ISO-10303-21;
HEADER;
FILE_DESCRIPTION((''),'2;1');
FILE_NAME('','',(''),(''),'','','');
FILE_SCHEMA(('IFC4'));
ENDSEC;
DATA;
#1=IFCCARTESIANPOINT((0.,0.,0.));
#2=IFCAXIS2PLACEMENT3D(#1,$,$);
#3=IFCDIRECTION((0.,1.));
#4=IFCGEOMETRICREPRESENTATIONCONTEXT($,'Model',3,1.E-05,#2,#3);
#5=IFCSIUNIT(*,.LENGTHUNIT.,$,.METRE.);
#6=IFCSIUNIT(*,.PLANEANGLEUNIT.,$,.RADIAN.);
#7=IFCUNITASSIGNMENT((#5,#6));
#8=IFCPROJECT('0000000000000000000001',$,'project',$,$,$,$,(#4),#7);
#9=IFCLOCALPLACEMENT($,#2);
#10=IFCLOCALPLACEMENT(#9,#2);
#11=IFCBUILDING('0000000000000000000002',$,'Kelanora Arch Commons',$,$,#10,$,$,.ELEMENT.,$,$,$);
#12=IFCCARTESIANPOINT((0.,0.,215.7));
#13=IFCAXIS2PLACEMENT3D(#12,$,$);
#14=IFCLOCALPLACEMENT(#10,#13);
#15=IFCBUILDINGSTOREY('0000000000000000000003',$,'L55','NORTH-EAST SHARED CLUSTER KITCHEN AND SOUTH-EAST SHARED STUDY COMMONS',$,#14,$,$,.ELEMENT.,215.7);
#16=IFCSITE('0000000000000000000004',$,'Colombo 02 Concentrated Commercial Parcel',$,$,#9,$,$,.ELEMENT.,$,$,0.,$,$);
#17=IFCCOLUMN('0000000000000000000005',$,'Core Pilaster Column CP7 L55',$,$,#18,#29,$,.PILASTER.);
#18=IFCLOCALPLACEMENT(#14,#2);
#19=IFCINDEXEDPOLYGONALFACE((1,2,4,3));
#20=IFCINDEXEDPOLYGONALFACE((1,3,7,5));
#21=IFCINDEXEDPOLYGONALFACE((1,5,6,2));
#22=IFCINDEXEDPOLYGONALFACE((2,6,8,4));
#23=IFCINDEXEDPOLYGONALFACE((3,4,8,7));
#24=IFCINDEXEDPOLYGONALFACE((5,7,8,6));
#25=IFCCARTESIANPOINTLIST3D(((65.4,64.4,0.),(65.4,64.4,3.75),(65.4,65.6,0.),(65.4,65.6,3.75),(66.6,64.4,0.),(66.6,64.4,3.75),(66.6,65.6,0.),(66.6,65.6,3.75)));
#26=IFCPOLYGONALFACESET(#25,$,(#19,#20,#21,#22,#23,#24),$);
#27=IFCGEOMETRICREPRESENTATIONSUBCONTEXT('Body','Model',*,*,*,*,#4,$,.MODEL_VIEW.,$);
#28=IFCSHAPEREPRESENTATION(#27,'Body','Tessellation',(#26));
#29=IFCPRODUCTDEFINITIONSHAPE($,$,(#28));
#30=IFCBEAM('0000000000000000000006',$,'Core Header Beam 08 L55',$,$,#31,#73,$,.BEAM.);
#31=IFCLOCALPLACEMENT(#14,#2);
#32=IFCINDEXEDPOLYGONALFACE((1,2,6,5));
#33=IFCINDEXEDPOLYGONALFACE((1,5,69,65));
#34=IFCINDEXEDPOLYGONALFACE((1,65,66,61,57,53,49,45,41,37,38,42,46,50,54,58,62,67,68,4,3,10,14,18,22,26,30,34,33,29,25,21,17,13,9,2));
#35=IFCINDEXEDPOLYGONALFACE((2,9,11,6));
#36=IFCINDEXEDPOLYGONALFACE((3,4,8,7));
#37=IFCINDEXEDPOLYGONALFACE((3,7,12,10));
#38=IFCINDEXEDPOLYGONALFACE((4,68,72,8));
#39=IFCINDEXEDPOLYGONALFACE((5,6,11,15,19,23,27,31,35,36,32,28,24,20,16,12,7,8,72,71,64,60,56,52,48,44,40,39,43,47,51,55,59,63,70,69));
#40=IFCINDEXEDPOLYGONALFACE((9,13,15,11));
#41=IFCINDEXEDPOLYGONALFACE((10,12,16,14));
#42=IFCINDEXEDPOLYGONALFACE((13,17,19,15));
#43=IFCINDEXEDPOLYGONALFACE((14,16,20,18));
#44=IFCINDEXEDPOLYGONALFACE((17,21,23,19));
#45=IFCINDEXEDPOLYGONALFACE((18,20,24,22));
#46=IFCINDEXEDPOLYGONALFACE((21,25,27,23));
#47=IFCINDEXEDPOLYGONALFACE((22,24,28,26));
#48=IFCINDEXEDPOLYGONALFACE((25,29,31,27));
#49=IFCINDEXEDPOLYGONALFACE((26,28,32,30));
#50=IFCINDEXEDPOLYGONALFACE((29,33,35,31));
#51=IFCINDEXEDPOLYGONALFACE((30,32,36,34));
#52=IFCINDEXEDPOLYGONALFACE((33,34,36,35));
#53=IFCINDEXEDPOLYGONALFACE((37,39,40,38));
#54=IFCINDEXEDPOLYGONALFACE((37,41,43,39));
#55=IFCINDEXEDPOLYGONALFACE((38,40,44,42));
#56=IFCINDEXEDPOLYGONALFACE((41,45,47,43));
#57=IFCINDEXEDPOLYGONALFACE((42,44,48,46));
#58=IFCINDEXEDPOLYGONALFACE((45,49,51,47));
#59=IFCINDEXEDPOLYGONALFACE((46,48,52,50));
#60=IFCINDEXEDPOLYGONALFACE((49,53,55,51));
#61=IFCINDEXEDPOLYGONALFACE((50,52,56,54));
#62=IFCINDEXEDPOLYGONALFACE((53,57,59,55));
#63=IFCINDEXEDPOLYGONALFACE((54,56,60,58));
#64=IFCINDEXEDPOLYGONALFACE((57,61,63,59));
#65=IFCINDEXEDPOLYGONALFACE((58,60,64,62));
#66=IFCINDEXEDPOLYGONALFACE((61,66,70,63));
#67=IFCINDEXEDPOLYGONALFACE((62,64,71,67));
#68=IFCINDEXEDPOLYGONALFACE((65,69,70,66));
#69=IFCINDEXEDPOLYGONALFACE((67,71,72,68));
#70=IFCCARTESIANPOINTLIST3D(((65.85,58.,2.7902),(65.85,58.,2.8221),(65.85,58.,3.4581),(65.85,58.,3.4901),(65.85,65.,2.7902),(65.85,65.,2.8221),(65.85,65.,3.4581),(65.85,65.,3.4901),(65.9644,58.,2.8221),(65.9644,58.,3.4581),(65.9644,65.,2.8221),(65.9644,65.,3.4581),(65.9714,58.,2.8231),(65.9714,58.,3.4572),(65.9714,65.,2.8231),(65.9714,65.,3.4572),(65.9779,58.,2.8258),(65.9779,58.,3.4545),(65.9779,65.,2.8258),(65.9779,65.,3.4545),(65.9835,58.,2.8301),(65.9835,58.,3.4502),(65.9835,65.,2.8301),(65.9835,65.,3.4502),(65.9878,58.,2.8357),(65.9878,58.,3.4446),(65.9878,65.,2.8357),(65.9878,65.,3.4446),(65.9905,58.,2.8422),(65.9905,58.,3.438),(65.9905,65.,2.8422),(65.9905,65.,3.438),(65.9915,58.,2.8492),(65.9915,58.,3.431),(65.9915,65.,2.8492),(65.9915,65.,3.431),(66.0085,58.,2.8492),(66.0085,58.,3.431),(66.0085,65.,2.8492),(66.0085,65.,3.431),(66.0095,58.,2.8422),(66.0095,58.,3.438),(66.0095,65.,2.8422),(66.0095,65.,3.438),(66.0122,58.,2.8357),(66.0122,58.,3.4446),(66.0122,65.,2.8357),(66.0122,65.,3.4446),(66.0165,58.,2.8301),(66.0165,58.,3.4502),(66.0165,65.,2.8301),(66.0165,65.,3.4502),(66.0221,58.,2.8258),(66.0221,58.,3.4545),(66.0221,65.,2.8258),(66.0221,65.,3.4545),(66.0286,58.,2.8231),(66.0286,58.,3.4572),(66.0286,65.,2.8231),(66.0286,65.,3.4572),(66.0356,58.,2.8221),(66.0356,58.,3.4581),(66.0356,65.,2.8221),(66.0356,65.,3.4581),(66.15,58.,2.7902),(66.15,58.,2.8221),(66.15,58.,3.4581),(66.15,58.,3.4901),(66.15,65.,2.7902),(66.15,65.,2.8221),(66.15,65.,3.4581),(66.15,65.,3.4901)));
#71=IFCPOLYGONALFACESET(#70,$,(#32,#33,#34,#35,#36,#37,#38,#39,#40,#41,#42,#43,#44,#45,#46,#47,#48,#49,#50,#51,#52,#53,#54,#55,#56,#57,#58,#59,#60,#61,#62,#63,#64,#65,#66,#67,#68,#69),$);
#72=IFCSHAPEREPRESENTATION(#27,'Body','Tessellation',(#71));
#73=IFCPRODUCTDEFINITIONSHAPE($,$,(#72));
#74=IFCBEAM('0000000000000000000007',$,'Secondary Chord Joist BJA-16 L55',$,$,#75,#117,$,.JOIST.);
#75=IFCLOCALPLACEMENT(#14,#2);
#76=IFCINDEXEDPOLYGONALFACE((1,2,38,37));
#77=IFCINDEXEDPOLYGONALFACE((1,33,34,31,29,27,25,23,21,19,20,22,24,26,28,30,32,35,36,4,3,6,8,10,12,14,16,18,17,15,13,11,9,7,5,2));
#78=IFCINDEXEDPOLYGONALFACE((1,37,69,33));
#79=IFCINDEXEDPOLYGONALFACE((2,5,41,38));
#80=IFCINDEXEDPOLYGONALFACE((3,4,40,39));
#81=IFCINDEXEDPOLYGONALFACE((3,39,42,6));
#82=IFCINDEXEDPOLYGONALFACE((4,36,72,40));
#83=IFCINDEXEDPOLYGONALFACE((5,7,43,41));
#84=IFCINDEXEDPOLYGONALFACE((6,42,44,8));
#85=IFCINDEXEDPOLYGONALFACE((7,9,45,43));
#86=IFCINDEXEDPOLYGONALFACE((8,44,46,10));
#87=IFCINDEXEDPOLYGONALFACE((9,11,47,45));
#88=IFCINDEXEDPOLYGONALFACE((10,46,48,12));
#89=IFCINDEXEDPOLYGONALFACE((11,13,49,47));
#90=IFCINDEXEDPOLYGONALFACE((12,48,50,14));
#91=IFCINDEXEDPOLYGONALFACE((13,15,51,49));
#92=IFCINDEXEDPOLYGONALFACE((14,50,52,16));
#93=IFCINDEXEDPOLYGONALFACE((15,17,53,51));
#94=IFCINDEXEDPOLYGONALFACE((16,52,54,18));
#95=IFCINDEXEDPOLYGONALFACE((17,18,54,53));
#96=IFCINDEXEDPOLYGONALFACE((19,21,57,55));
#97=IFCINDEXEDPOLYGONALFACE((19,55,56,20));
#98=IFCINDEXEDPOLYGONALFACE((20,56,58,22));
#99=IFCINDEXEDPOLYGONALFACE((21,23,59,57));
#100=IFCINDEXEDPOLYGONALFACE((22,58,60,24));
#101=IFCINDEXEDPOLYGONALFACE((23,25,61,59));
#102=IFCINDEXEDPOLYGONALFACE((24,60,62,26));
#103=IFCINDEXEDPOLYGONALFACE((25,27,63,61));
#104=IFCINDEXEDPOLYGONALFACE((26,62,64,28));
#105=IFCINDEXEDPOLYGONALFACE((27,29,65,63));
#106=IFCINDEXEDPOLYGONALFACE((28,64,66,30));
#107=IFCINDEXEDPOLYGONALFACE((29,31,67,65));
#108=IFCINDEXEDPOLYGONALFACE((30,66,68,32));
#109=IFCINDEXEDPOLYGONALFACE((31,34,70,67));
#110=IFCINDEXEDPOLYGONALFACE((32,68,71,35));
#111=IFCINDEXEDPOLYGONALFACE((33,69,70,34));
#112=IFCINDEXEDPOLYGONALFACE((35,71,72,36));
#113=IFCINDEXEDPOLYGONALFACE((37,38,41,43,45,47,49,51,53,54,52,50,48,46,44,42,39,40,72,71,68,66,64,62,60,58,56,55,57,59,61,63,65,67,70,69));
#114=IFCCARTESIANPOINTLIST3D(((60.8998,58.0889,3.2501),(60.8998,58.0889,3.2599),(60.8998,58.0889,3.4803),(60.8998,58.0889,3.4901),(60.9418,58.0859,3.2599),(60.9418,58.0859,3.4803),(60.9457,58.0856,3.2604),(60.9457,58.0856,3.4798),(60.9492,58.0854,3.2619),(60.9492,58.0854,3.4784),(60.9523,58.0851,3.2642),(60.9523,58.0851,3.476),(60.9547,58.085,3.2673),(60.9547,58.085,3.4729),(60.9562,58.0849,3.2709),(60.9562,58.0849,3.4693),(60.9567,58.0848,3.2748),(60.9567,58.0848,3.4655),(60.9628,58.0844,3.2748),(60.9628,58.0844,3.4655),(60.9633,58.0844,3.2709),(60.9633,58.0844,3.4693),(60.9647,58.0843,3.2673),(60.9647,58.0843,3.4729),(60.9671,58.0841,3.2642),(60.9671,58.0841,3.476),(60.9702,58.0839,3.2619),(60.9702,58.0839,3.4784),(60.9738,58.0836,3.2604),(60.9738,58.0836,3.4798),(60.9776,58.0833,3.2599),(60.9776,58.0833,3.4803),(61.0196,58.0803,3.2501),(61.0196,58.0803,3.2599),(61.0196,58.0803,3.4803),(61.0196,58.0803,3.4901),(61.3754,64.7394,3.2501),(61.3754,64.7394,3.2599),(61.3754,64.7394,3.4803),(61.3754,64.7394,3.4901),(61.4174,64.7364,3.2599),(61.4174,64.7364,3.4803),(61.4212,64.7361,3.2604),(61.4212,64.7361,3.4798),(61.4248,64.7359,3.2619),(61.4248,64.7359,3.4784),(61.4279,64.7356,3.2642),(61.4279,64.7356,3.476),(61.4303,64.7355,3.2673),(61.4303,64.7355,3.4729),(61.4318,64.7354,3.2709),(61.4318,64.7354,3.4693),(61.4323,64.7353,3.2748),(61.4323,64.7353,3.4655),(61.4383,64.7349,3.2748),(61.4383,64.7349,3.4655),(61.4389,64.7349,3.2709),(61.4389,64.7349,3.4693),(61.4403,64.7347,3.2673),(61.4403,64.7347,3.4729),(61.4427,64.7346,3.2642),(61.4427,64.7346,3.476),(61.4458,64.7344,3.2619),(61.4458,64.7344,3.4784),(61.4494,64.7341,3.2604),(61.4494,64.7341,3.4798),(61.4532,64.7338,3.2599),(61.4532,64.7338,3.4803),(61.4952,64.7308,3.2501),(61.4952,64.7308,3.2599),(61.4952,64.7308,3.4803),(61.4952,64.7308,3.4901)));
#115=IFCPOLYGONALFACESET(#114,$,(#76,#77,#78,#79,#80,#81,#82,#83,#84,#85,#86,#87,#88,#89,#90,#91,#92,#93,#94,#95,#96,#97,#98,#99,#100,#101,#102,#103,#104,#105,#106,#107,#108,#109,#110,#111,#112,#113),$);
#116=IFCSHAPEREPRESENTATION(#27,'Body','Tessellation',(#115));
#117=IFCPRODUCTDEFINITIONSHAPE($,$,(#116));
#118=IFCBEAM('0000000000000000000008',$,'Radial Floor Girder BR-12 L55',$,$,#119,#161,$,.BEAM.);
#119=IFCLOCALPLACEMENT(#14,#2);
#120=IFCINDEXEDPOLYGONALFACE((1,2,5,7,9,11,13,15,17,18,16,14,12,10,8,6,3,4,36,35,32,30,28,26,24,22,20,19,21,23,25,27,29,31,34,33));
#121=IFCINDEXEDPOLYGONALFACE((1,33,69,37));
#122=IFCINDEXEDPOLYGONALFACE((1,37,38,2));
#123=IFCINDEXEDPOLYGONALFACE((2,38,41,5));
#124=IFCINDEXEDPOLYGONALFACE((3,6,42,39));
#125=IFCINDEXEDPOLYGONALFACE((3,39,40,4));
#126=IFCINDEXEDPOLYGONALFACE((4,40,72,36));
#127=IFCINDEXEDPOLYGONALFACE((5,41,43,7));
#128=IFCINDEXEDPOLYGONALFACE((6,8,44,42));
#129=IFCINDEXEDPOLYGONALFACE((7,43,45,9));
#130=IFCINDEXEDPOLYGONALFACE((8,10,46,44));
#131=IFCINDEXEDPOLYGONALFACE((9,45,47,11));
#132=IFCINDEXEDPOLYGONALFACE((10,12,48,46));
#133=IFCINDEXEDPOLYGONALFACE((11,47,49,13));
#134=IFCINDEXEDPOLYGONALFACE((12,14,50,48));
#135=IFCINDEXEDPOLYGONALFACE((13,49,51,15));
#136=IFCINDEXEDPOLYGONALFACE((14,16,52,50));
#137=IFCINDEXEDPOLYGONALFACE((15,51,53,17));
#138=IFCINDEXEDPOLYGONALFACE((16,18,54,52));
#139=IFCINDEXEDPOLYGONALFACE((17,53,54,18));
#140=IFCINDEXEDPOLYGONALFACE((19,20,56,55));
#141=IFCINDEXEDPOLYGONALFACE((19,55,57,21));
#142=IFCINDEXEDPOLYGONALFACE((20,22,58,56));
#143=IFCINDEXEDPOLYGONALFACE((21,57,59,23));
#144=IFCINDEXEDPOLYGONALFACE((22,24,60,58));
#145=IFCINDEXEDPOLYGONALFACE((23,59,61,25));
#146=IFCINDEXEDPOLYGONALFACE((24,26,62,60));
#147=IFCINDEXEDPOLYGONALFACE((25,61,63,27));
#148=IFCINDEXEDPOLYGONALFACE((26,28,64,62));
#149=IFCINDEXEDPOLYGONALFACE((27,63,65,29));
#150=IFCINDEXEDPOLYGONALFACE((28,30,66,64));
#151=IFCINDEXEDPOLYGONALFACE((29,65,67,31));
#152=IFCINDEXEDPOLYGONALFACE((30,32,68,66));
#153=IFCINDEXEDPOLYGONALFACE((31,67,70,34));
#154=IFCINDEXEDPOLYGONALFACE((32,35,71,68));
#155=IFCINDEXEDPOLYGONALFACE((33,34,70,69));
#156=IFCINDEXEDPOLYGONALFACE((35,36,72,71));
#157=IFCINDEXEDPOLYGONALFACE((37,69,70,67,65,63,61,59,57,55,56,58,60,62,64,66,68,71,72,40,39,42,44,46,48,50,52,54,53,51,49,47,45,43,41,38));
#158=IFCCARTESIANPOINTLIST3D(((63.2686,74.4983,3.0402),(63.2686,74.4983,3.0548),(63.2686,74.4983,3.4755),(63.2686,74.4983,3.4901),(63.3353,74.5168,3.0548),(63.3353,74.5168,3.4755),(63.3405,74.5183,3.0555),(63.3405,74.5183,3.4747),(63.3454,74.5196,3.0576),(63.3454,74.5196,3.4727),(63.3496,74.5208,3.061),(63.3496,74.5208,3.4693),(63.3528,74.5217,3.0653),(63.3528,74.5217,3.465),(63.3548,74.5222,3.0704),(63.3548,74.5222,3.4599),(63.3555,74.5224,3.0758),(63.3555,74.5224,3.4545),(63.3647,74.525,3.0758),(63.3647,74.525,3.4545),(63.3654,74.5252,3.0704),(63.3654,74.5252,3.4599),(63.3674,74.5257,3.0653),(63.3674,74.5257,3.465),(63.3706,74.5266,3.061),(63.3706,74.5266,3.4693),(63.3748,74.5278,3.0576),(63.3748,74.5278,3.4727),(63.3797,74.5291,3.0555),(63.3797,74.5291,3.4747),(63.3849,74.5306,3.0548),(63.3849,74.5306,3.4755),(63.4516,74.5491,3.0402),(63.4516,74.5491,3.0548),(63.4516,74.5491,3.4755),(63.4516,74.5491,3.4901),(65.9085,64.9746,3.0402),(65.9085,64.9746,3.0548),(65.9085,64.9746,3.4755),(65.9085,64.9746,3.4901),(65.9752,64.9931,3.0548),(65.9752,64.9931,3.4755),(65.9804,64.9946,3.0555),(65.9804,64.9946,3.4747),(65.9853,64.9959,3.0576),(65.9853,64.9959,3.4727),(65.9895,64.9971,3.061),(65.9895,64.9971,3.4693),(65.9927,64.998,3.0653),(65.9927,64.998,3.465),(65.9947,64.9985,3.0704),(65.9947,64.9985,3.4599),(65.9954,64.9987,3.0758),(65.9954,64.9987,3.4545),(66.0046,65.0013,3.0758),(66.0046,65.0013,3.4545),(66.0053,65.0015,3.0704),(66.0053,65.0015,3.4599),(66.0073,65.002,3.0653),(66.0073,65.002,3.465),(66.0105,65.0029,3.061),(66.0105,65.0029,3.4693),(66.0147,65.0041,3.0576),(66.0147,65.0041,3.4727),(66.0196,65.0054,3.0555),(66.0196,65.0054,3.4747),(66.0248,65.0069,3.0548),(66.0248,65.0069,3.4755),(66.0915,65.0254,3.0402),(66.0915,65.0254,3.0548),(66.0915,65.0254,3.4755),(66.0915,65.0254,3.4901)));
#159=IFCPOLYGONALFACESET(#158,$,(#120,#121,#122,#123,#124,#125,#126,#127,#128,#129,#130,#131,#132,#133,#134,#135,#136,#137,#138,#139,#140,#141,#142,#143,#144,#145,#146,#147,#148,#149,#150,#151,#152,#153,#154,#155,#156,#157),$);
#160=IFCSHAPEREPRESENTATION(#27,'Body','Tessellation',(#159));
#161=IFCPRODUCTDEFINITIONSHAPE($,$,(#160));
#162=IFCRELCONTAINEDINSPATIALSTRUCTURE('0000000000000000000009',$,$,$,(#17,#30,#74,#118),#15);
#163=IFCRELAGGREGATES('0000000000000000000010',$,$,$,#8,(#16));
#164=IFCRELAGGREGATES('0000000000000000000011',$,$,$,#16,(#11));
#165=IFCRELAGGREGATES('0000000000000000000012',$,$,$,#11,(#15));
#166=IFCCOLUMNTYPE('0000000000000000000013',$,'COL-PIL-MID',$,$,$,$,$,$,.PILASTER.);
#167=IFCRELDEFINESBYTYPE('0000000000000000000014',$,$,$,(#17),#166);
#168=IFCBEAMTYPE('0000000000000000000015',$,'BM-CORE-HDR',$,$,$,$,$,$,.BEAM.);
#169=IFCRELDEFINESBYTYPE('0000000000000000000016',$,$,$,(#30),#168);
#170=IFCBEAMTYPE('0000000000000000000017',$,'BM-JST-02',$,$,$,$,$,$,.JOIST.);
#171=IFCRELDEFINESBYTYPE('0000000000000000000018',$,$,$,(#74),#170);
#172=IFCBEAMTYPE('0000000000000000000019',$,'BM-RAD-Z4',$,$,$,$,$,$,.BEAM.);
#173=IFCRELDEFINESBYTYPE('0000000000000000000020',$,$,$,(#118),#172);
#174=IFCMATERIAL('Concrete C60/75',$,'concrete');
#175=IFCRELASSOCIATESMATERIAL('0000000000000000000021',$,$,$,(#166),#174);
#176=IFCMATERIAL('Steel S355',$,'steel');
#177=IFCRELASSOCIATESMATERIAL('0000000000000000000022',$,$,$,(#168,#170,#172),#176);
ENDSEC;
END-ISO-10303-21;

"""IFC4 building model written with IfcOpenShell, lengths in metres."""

from ifc_helpers import new_model, si_unit, direction, frame, origin, origin_2d, place, context, subcontext, project, spatial, rectangle, i_section, extrude, material, material_profile, profile_set, type_object, element, save


model = new_model("IFC4")

# Units and contexts
model_context = context("Model", 3, precision=1e-05, world=origin(), true_north=direction((0.0, 1.0)))
body_context = subcontext(model_context, "Body", "Model", "MODEL_VIEW")
ifc_project = project(units=[si_unit("LENGTHUNIT", "METRE"), si_unit("PLANEANGLEUNIT", "RADIAN")], contexts=[model_context])

# Site, building, storey
site_placement = place(None, origin())
site = spatial("IfcSite", under=ifc_project, at=site_placement, Name="Colombo 02 Concentrated Commercial Parcel", CompositionType="ELEMENT", RefElevation=0.0)
building_placement = place(site_placement, origin())
building = spatial("IfcBuilding", under=site, at=building_placement, Name="Kelanora Arch Commons", CompositionType="ELEMENT")
storey_placement = place(building_placement, frame((0.0, 0.0, 215.7)))
storey = spatial("IfcBuildingStorey", under=building, at=storey_placement, Name="L55", Description="NORTH-EAST SHARED CLUSTER KITCHEN AND SOUTH-EAST SHARED STUDY COMMONS", CompositionType="ELEMENT", Elevation=215.7)

# Column
ifc_material_1 = material(Name="Concrete C60/75", Category="concrete")
ifc_material_profile_1 = material_profile(ifc_material_1, rectangle(XDim=1.2, YDim=1.2, at=origin_2d()), Name="RC1200x1200")
ifc_profile_set_1 = profile_set([ifc_material_profile_1], Name="Concrete C60/75")
column_type = type_object("IfcColumnType", Name="COL-PIL-MID", PredefinedType="PILASTER", material=ifc_profile_set_1)
column_placement = place(storey_placement, frame((66.0, 65.0, 0.0), z_axis=(0.0, 0.0, 1.0), x_axis=(1.0, 0.0, 0.0)))
element("IfcColumn", 1, at=column_placement, inside=storey, type_object=column_type, Name="Core Pilaster Column CP7 L55", PredefinedType="PILASTER", context=body_context, shape_type="SweptSolid", body=[
    extrude(rectangle(XDim=1.2, YDim=1.2, at=origin_2d()), origin(), (0.0, 0.0, 1.0), 3.75),
])

# Beams
ifc_material_2 = material(Name="Steel S355", Category="steel")
ifc_material_profile_2 = material_profile(ifc_material_2, i_section(OverallWidth=0.3, OverallDepth=0.7, WebThickness=0.0171, FlangeThickness=0.032, FilletRadius=0.0271, at=origin_2d()), Name="HEB700")
ifc_profile_set_2 = profile_set([ifc_material_profile_2], Name="Steel S355")
beam_type_1 = type_object("IfcBeamType", Name="BM-CORE-HDR", PredefinedType="BEAM", material=ifc_profile_set_2)
beam_1_placement = place(storey_placement, frame((66.0, 65.0, 3.1401), z_axis=(0.0, -1.0, 0.0), x_axis=(1.0, 0.0, 0.0)))
element("IfcBeam", 2, at=beam_1_placement, inside=storey, type_object=beam_type_1, Name="Core Header Beam 08 L55", PredefinedType="BEAM", context=body_context, shape_type="SweptSolid", body=[
    extrude(i_section(OverallWidth=0.3, OverallDepth=0.7, WebThickness=0.0171, FlangeThickness=0.032, FilletRadius=0.0271, at=origin_2d()), origin(), (0.0, 0.0, 1.0), 7.0),
])
ifc_material_profile_3 = material_profile(ifc_material_2, i_section(OverallWidth=0.1201, OverallDepth=0.24, WebThickness=0.0061, FlangeThickness=0.0098, FilletRadius=0.0149, at=origin_2d()), Name="IPE240")
ifc_profile_set_3 = profile_set([ifc_material_profile_3], Name="Steel S355")
beam_type_2 = type_object("IfcBeamType", Name="BM-JST-02", PredefinedType="JOIST", material=ifc_profile_set_3)
beam_2_placement = place(storey_placement, frame((61.4353, 64.7351, 3.3701), z_axis=(-0.07133, -0.997453, 0.0), x_axis=(0.997453, -0.07133, 0.0)))
element("IfcBeam", 3, at=beam_2_placement, inside=storey, type_object=beam_type_2, Name="Secondary Chord Joist BJA-16 L55", PredefinedType="JOIST", context=body_context, shape_type="SweptSolid", body=[
    extrude(i_section(OverallWidth=0.1201, OverallDepth=0.24, WebThickness=0.0061, FlangeThickness=0.0098, FilletRadius=0.0149, at=origin_2d()), origin(), (0.0, 0.0, 1.0), 6.6675),
])
ifc_material_profile_4 = material_profile(ifc_material_2, i_section(OverallWidth=0.1899, OverallDepth=0.45, WebThickness=0.0095, FlangeThickness=0.0146, FilletRadius=0.021, at=origin_2d()), Name="IPE450")
ifc_profile_set_4 = profile_set([ifc_material_profile_4], Name="Steel S355")
beam_type_3 = type_object("IfcBeamType", Name="BM-RAD-Z4", PredefinedType="BEAM", material=ifc_profile_set_4)
beam_3_placement = place(storey_placement, frame((66.0, 65.0, 3.2651), z_axis=(-0.26712, 0.963663, 0.0), x_axis=(-0.963663, -0.26712, 0.0)))
element("IfcBeam", 4, at=beam_3_placement, inside=storey, type_object=beam_type_3, Name="Radial Floor Girder BR-12 L55", PredefinedType="BEAM", context=body_context, shape_type="SweptSolid", body=[
    extrude(i_section(OverallWidth=0.1899, OverallDepth=0.45, WebThickness=0.0095, FlangeThickness=0.0146, FilletRadius=0.021, at=origin_2d()), origin(), (0.0, 0.0, 1.0), 9.8828),
])

save(model, "model.ifc")
